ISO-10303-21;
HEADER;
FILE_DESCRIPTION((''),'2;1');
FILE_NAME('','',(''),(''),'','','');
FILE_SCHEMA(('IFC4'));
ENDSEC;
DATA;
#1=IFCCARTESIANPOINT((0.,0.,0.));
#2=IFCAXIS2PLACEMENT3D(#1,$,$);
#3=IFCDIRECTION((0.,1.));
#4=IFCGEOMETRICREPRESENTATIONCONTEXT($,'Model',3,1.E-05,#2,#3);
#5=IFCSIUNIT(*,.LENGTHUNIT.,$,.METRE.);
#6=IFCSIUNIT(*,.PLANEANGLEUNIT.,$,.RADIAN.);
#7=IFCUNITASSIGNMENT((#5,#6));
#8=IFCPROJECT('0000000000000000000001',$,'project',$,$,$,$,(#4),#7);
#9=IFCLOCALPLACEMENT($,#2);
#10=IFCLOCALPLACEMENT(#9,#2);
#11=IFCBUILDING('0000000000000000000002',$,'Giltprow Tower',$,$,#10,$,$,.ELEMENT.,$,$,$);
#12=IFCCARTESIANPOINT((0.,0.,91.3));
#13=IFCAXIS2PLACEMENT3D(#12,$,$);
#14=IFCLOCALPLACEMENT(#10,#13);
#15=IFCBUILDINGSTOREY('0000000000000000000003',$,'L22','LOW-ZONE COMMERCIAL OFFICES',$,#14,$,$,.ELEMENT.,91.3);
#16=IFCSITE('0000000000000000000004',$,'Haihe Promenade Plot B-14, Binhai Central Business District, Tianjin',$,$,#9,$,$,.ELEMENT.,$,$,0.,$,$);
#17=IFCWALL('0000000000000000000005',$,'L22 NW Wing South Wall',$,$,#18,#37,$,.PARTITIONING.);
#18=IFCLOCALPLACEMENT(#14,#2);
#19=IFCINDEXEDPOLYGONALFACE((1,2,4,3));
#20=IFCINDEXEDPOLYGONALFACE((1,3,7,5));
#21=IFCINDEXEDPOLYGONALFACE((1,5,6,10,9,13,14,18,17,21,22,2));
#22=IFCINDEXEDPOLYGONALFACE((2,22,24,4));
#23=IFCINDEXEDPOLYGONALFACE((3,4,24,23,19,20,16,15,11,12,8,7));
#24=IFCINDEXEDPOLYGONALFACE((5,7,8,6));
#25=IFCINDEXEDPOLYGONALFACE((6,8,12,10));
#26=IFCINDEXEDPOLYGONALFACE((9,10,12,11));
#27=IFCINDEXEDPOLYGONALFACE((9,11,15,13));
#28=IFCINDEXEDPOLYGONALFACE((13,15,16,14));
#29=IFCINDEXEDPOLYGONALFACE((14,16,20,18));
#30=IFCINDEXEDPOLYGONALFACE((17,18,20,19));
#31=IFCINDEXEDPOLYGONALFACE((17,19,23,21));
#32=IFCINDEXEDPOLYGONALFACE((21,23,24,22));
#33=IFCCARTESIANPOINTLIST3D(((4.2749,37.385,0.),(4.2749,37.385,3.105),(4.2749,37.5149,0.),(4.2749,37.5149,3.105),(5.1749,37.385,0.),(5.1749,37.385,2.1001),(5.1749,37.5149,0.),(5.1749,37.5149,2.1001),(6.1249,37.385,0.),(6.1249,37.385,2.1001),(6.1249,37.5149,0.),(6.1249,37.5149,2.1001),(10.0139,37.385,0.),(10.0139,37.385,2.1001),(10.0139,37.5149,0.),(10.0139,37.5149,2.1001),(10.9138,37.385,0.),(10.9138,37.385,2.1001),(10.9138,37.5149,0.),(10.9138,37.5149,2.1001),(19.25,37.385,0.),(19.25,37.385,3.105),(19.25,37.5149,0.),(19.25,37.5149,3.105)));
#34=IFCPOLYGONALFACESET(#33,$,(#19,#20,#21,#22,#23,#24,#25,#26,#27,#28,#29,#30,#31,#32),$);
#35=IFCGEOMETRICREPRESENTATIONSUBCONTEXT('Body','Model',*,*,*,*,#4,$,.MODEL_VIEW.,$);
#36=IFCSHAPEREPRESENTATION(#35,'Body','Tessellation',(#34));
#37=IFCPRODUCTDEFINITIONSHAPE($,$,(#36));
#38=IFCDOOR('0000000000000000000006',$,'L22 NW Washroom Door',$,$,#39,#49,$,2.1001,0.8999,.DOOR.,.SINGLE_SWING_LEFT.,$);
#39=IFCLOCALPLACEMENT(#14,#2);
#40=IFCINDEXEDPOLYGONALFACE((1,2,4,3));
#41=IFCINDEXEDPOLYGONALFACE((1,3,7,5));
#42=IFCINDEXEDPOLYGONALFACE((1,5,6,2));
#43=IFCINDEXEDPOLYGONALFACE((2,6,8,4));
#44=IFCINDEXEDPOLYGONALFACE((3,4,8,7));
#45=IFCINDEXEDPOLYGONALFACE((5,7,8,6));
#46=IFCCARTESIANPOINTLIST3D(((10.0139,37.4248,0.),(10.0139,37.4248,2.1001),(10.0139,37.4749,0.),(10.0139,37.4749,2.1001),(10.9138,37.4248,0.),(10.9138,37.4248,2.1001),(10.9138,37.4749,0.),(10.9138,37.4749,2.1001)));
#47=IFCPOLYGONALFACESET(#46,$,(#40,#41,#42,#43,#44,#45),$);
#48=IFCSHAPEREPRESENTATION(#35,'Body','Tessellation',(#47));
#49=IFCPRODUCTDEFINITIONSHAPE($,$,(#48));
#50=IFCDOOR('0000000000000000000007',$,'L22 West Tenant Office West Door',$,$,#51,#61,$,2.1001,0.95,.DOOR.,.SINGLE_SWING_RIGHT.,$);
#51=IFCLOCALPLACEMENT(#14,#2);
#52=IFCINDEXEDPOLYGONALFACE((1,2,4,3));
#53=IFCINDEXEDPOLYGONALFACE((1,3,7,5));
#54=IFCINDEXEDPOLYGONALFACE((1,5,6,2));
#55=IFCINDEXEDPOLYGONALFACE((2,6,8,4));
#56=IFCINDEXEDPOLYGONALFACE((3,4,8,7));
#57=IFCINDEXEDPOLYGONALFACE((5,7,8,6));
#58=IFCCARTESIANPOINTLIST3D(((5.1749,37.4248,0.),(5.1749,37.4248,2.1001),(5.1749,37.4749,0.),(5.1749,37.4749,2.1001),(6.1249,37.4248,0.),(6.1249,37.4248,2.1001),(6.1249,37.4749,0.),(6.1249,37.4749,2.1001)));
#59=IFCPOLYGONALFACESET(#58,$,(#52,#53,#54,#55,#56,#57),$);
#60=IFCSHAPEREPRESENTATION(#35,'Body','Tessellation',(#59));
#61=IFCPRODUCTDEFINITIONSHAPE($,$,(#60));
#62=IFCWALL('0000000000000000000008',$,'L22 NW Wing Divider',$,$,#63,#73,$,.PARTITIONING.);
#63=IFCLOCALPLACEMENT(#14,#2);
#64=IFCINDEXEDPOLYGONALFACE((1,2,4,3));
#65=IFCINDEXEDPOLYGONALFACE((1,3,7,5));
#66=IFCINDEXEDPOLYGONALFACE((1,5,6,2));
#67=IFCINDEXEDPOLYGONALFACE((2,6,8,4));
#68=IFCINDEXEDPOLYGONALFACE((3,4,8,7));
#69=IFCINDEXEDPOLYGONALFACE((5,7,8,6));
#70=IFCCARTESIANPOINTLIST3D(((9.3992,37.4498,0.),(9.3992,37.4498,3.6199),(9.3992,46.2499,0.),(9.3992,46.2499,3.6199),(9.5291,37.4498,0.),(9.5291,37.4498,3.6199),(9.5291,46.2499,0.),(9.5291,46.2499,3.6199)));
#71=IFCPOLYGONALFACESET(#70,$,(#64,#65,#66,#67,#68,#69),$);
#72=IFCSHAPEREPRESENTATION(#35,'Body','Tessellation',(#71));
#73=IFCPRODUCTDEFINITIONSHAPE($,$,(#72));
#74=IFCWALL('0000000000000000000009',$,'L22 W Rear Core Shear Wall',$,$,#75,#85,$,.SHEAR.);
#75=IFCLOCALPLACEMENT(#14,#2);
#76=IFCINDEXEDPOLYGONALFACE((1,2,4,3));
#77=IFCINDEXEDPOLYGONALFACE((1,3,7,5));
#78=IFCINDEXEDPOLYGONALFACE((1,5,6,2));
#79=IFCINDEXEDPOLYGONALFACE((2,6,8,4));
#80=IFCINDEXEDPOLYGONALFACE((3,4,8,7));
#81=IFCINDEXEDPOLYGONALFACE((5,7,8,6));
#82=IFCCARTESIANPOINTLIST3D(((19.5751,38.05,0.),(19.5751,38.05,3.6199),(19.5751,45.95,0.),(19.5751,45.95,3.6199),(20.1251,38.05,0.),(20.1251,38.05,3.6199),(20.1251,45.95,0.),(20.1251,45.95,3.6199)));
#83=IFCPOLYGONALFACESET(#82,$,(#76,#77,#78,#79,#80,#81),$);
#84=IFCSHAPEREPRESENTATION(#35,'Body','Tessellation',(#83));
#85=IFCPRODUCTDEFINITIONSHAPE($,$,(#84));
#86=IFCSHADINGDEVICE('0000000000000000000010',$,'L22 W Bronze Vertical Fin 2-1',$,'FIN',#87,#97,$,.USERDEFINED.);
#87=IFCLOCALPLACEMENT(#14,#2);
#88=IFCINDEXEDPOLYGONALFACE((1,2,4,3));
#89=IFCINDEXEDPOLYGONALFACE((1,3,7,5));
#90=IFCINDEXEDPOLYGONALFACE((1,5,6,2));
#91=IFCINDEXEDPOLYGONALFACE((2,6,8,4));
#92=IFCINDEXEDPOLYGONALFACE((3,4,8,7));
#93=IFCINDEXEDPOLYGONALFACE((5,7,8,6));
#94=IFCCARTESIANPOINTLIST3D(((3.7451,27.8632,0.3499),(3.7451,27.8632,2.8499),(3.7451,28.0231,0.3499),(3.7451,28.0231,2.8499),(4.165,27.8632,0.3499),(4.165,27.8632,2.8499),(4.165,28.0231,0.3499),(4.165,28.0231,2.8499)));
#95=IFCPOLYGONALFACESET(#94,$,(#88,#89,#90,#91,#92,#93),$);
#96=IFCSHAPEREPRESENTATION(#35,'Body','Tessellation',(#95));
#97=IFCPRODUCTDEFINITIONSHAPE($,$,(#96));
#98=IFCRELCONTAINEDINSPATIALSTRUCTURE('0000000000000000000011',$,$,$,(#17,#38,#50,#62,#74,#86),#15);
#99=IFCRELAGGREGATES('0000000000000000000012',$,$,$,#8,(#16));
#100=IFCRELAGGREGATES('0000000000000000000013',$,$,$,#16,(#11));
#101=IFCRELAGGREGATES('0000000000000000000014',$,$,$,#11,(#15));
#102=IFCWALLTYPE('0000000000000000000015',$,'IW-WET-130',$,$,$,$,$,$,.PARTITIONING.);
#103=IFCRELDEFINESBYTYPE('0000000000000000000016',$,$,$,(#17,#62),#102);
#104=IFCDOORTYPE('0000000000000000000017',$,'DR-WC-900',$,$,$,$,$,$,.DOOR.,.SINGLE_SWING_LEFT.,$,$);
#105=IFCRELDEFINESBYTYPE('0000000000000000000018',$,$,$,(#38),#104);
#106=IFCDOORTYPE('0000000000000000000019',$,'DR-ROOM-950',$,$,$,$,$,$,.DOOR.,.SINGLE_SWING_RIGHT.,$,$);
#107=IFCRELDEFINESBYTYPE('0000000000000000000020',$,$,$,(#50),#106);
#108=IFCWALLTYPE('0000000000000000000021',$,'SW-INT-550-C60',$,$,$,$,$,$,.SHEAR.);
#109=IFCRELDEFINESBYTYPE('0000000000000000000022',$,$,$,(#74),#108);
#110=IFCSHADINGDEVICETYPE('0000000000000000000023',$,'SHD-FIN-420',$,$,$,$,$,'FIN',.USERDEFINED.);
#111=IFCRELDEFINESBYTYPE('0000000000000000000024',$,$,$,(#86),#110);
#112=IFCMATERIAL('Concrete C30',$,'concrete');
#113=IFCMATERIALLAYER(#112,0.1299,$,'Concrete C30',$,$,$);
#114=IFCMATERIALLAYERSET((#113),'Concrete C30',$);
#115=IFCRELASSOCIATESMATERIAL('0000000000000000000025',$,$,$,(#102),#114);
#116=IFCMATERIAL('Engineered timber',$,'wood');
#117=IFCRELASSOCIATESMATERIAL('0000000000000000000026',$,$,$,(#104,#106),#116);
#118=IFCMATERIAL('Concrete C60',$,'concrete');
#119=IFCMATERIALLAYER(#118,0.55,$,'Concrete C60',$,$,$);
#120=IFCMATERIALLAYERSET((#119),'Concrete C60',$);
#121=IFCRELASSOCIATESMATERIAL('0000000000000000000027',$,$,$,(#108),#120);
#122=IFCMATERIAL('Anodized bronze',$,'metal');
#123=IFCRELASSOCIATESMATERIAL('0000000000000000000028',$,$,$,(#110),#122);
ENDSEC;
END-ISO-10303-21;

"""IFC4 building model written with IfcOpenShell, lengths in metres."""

from ifc_helpers import new_model, si_unit, direction, frame, frame_2d, origin, origin_2d, place, context, subcontext, project, spatial, rectangle, extrude, source, transform, mapped, material, layer, layer_set, type_object, element, fill, save


model = new_model("IFC4")

# Units and contexts
model_context = context("Model", 3, precision=1e-05, world=origin(), true_north=direction((0.0, 1.0)))
body_context = subcontext(model_context, "Body", "Model", "MODEL_VIEW")
ifc_project = project(units=[si_unit("LENGTHUNIT", "METRE"), si_unit("PLANEANGLEUNIT", "RADIAN")], contexts=[model_context])

# Site, building, storey
site_placement = place(None, origin())
site = spatial("IfcSite", under=ifc_project, at=site_placement, Name="Haihe Promenade Plot B-14, Binhai Central Business District, Tianjin", CompositionType="ELEMENT", RefElevation=0.0)
building_placement = place(site_placement, origin())
building = spatial("IfcBuilding", under=site, at=building_placement, Name="Giltprow Tower", CompositionType="ELEMENT")
storey_placement = place(building_placement, frame((0.0, 0.0, 91.3)))
storey = spatial("IfcBuildingStorey", under=building, at=storey_placement, Name="L22", Description="LOW-ZONE COMMERCIAL OFFICES", CompositionType="ELEMENT", Elevation=91.3)

# Shared definitions
ifc_material_1 = material(Name="Concrete C60", Category="concrete")

# Shared definitions
ifc_material_2 = material(Name="Engineered timber", Category="wood")

# Wall, openings, doors
ifc_material_3 = material(Name="Concrete C30", Category="concrete")
ifc_layer_1 = layer(ifc_material_3, 0.1299, Name="Concrete C30")
ifc_layer_set_1 = layer_set([ifc_layer_1], Name="Concrete C30")
wall_type_1 = type_object("IfcWallType", Name="IW-WET-130", PredefinedType="PARTITIONING", material=ifc_layer_set_1)
wall_1_placement = place(storey_placement, frame((4.2749, 37.45, 0.0), z_axis=(0.0, 0.0, 1.0), x_axis=(1.0, 0.0, 0.0)))
wall_1 = element("IfcWall", 1, at=wall_1_placement, inside=storey, type_object=wall_type_1, Name="L22 NW Wing South Wall", PredefinedType="PARTITIONING", context=body_context, shape_type="SweptSolid", body=[
    extrude(rectangle(XDim=14.9751, YDim=0.1299, at=frame_2d((7.4875, 0.0))), origin(), (0.0, 0.0, 1.0), 3.105),
])
opening_1_placement = place(wall_1_placement, frame((0.8999, 0.0, 0.0)))
opening_1 = element("IfcOpeningElement", 2, at=opening_1_placement, cuts=wall_1, PredefinedType="OPENING", context=body_context, shape_type="SweptSolid", body=[
    extrude(rectangle(XDim=0.95, YDim=2.1001, at=frame_2d((0.4751, 1.05))), frame((0.0, 0.075, 0.0), z_axis=(0.0, -1.0, 0.0), x_axis=(1.0, 0.0, 0.0)), (0.0, 0.0, 1.0), 0.1499),
])
opening_2_placement = place(wall_1_placement, frame((5.739, 0.0, 0.0)))
opening_2 = element("IfcOpeningElement", 3, at=opening_2_placement, cuts=wall_1, PredefinedType="OPENING", context=body_context, shape_type="SweptSolid", body=[
    extrude(rectangle(XDim=0.8999, YDim=2.1001, at=frame_2d((0.45, 1.05))), frame((0.0, 0.075, 0.0), z_axis=(0.0, -1.0, 0.0), x_axis=(1.0, 0.0, 0.0)), (0.0, 0.0, 1.0), 0.1499),
])
door_type_1 = type_object("IfcDoorType", Name="DR-WC-900", OperationType="SINGLE_SWING_LEFT", PredefinedType="DOOR", material=ifc_material_2)
shared_shape_1 = source(origin(), body_context, "Body", "SweptSolid", [
    extrude(rectangle(XDim=0.8999, YDim=2.1001, at=frame_2d((0.45, 1.05))), frame((0.0, 0.0249, 0.0), z_axis=(0.0, -1.0, 0.0), x_axis=(1.0, 0.0, 0.0)), (0.0, 0.0, 1.0), 0.05),
])
door_1_placement = place(opening_2_placement, origin())
door_1 = element("IfcDoor", 4, at=door_1_placement, inside=storey, type_object=door_type_1, Name="L22 NW Washroom Door", OperationType="SINGLE_SWING_LEFT", OverallHeight=2.1001, OverallWidth=0.8999, PredefinedType="DOOR", context=body_context, shape_type="MappedRepresentation", body=[
    mapped(shared_shape_1, transform((0.0, 0.0, 0.0), x_axis=(1.0, 0.0, 0.0), y_axis=(0.0, 1.0, 0.0), z_axis=(0.0, 0.0, 1.0), scale=1.0)),
])
fill(opening_2, door_1)
door_type_2 = type_object("IfcDoorType", Name="DR-ROOM-950", OperationType="SINGLE_SWING_RIGHT", PredefinedType="DOOR", material=ifc_material_2)
shared_shape_2 = source(origin(), body_context, "Body", "SweptSolid", [
    extrude(rectangle(XDim=0.95, YDim=2.1001, at=frame_2d((0.4751, 1.05))), frame((0.0, 0.0249, 0.0), z_axis=(0.0, -1.0, 0.0), x_axis=(1.0, 0.0, 0.0)), (0.0, 0.0, 1.0), 0.05),
])
door_2_placement = place(opening_1_placement, origin())
door_2 = element("IfcDoor", 5, at=door_2_placement, inside=storey, type_object=door_type_2, Name="L22 West Tenant Office West Door", OperationType="SINGLE_SWING_RIGHT", OverallHeight=2.1001, OverallWidth=0.95, PredefinedType="DOOR", context=body_context, shape_type="MappedRepresentation", body=[
    mapped(shared_shape_2, transform((0.0, 0.0, 0.0), x_axis=(1.0, 0.0, 0.0), y_axis=(0.0, 1.0, 0.0), z_axis=(0.0, 0.0, 1.0), scale=1.0)),
])
fill(opening_1, door_2)

# Wall
wall_2_placement = place(storey_placement, frame((9.4641, 37.45, 0.0), z_axis=(0.0, 0.0, 1.0), x_axis=(0.0, 1.0, 0.0)))
element("IfcWall", 6, at=wall_2_placement, inside=storey, type_object=wall_type_1, Name="L22 NW Wing Divider", PredefinedType="PARTITIONING", context=body_context, shape_type="SweptSolid", body=[
    extrude(rectangle(XDim=8.8, YDim=0.1299, at=frame_2d((4.3999, 0.0))), origin(), (0.0, 0.0, 1.0), 3.6199),
])

# Shared definitions
ifc_layer_2 = layer(ifc_material_1, 0.55, Name="Concrete C60")
ifc_layer_set_2 = layer_set([ifc_layer_2], Name="Concrete C60")
wall_type_2 = type_object("IfcWallType", Name="SW-INT-550-C60", PredefinedType="SHEAR", material=ifc_layer_set_2)

# Wall
wall_3_placement = place(storey_placement, frame((19.8501, 38.05, 0.0), z_axis=(0.0, 0.0, 1.0), x_axis=(0.0, 1.0, 0.0)))
element("IfcWall", 7, at=wall_3_placement, inside=storey, type_object=wall_type_2, Name="L22 W Rear Core Shear Wall", PredefinedType="SHEAR", context=body_context, shape_type="SweptSolid", body=[
    extrude(rectangle(XDim=7.8999, YDim=0.55, at=frame_2d((3.95, 0.0))), origin(), (0.0, 0.0, 1.0), 3.6199),
])

# Shading device
ifc_material_4 = material(Name="Anodized bronze", Category="metal")
shading_device_type = type_object("IfcShadingDeviceType", Name="SHD-FIN-420", ElementType="FIN", PredefinedType="USERDEFINED", material=ifc_material_4)
shared_shape_3 = source(origin(), body_context, "Body", "SweptSolid", [
    extrude(rectangle(XDim=0.4199, YDim=0.1599, at=origin_2d()), origin(), (0.0, 0.0, 1.0), 2.5),
])
shading_device_placement = place(storey_placement, frame((3.9551, 27.9431, 0.3499), z_axis=(0.0, 0.0, 1.0), x_axis=(1.0, 0.0, 0.0)))
element("IfcShadingDevice", 8, at=shading_device_placement, inside=storey, type_object=shading_device_type, Name="L22 W Bronze Vertical Fin 2-1", ObjectType="FIN", PredefinedType="USERDEFINED", context=body_context, shape_type="MappedRepresentation", body=[
    mapped(shared_shape_3, transform((0.0, 0.0, 0.0), x_axis=(1.0, 0.0, 0.0), y_axis=(0.0, 1.0, 0.0), z_axis=(0.0, 0.0, 1.0), scale=1.0)),
])

save(model, "model.ifc")
